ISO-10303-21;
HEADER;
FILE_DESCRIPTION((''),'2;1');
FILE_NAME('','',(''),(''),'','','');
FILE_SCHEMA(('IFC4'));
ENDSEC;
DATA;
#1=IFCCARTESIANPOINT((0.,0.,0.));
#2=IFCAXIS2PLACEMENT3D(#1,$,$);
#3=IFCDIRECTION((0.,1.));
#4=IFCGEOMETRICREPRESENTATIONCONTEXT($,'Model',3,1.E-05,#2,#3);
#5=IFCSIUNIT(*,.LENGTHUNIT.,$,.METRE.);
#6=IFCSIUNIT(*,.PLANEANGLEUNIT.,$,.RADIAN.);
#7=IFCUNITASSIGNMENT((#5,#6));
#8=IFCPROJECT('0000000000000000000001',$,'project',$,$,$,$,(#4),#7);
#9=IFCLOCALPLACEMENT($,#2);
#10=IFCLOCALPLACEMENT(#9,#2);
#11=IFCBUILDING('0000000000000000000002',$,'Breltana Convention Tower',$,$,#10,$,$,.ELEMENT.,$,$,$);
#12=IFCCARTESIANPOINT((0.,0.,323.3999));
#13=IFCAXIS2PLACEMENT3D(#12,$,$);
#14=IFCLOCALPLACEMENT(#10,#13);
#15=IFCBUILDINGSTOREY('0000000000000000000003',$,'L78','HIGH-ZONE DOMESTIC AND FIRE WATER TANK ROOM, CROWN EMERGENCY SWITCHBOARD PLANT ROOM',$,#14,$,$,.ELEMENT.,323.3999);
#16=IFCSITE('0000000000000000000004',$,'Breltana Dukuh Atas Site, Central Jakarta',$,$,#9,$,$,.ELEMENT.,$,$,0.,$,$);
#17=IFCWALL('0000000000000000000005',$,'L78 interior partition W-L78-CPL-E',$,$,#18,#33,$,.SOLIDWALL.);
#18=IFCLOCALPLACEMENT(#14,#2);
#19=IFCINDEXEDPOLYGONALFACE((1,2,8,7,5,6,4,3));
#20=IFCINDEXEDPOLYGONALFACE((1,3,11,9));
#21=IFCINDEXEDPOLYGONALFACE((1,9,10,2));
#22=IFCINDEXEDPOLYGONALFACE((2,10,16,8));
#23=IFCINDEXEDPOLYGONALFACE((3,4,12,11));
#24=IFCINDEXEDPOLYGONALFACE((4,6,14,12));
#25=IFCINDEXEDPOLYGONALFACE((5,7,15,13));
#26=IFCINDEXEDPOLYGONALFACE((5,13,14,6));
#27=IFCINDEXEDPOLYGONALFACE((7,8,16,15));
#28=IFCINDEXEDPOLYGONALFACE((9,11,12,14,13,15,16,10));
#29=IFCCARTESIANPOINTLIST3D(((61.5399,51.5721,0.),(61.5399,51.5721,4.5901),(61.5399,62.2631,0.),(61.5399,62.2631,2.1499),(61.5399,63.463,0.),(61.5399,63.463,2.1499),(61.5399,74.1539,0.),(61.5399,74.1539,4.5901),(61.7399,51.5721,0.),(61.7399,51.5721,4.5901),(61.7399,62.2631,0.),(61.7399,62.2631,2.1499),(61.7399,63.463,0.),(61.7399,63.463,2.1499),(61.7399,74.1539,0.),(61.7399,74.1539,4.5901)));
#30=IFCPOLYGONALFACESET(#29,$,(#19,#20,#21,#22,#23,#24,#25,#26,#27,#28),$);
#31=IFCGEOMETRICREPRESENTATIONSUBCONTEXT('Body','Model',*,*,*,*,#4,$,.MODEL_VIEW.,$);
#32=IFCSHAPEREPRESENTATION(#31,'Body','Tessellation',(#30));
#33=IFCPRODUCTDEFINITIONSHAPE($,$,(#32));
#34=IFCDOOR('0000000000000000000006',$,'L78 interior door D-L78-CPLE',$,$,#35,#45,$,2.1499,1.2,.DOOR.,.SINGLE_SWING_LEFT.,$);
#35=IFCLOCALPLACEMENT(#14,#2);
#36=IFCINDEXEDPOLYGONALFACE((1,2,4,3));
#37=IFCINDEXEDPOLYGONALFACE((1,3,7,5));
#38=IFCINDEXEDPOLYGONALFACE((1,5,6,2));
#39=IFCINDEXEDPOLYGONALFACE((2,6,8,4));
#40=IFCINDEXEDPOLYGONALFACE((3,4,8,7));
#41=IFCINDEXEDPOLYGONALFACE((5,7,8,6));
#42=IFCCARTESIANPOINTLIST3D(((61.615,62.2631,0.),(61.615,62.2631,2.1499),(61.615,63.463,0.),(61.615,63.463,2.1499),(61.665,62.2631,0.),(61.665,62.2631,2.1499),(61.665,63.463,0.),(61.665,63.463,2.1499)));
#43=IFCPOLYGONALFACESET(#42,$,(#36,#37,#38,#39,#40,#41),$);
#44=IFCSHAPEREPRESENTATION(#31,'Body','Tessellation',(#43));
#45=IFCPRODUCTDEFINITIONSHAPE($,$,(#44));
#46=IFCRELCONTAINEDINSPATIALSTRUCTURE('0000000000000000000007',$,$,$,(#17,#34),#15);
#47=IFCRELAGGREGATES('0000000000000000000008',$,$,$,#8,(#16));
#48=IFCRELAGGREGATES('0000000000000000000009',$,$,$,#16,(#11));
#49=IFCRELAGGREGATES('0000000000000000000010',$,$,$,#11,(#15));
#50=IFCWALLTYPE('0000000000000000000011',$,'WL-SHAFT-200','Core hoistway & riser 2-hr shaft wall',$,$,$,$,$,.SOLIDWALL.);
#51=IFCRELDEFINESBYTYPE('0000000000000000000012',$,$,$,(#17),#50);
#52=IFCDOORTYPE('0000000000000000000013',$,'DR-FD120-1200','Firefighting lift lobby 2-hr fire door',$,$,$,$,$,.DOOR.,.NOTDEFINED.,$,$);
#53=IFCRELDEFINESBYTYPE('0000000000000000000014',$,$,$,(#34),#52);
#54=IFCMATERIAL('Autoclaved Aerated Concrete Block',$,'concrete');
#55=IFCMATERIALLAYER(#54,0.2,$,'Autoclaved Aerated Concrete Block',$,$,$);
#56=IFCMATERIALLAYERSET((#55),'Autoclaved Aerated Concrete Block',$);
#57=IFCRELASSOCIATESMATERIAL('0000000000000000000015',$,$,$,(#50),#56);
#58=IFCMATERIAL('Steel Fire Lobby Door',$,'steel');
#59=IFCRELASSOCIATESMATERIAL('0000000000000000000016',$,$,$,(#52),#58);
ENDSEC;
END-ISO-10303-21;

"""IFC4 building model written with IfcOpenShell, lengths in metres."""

from ifc_helpers import new_model, si_unit, direction, frame, frame_2d, origin, place, context, subcontext, project, spatial, rectangle, extrude, source, transform, mapped, material, layer, layer_set, type_object, type_shapes, element, fill, save


model = new_model("IFC4")

# Units and contexts
model_context = context("Model", 3, precision=1e-05, world=origin(), true_north=direction((0.0, 1.0)))
body_context = subcontext(model_context, "Body", "Model", "MODEL_VIEW")
ifc_project = project(units=[si_unit("LENGTHUNIT", "METRE"), si_unit("PLANEANGLEUNIT", "RADIAN")], contexts=[model_context])

# Site, building, storey
site_placement = place(None, origin())
site = spatial("IfcSite", under=ifc_project, at=site_placement, Name="Breltana Dukuh Atas Site, Central Jakarta", CompositionType="ELEMENT", RefElevation=0.0)
building_placement = place(site_placement, origin())
building = spatial("IfcBuilding", under=site, at=building_placement, Name="Breltana Convention Tower", CompositionType="ELEMENT")
storey_placement = place(building_placement, frame((0.0, 0.0, 323.3999)))
storey = spatial("IfcBuildingStorey", under=building, at=storey_placement, Name="L78", Description="HIGH-ZONE DOMESTIC AND FIRE WATER TANK ROOM, CROWN EMERGENCY SWITCHBOARD PLANT ROOM", CompositionType="ELEMENT", Elevation=323.3999)

# Wall, opening, door
ifc_material_1 = material(Name="Autoclaved Aerated Concrete Block", Category="concrete")
ifc_layer_1 = layer(ifc_material_1, 0.2, Name="Autoclaved Aerated Concrete Block")
ifc_layer_set_1 = layer_set([ifc_layer_1], Name="Autoclaved Aerated Concrete Block")
wall_type_1 = type_object("IfcWallType", Name="WL-SHAFT-200", Description="Core hoistway & riser 2-hr shaft wall", PredefinedType="SOLIDWALL", material=ifc_layer_set_1)
shared_shape_1 = source(origin(), body_context, "Body", "SweptSolid", [
    extrude(rectangle(XDim=22.5818, YDim=0.2, at=frame_2d((11.291, 0.0))), origin(), (0.0, 0.0, 1.0), 4.5901),
])
wall_1_placement = place(storey_placement, frame((61.6399, 51.572, 0.0), z_axis=(0.0, 0.0, 1.0), x_axis=(0.0, 1.0, 0.0)))
wall_1 = element("IfcWall", 1, at=wall_1_placement, inside=storey, type_object=wall_type_1, Name="L78 interior partition W-L78-CPL-E", PredefinedType="SOLIDWALL", context=body_context, shape_type="MappedRepresentation", body=[
    mapped(shared_shape_1, transform((0.0, 0.0, 0.0), scale=1.0)),
])
opening_1_placement = place(wall_1_placement, frame((10.6909, 0.0, 0.0)))
opening_1 = element("IfcOpeningElement", 2, at=opening_1_placement, cuts=wall_1, PredefinedType="OPENING", context=body_context, shape_type="SweptSolid", body=[
    extrude(rectangle(XDim=1.2, YDim=2.1499, at=frame_2d((0.6001, 1.075))), frame((0.0, 0.1099, 0.0), z_axis=(0.0, -1.0, 0.0), x_axis=(1.0, 0.0, 0.0)), (0.0, 0.0, 1.0), 0.22),
])
ifc_material_2 = material(Name="Steel Fire Lobby Door", Category="steel")
door_type_1 = type_object("IfcDoorType", Name="DR-FD120-1200", Description="Firefighting lift lobby 2-hr fire door", OperationType="NOTDEFINED", PredefinedType="DOOR", material=ifc_material_2)
shared_shape_2 = source(origin(), body_context, "Body", "SweptSolid", [
    extrude(rectangle(XDim=1.2, YDim=2.1499, at=frame_2d((0.6001, 1.075))), frame((0.0, 0.0249, 0.0), z_axis=(0.0, -1.0, 0.0), x_axis=(1.0, 0.0, 0.0)), (0.0, 0.0, 1.0), 0.05),
])
type_shapes(door_type_1, [shared_shape_2])
door_1_placement = place(opening_1_placement, origin())
door_1 = element("IfcDoor", 3, at=door_1_placement, inside=storey, type_object=door_type_1, Name="L78 interior door D-L78-CPLE", OperationType="SINGLE_SWING_LEFT", OverallHeight=2.1499, OverallWidth=1.2, PredefinedType="DOOR", context=body_context, shape_type="MappedRepresentation", body=[
    mapped(shared_shape_2, transform((0.0, 0.0, 0.0), scale=1.0)),
])
fill(opening_1, door_1)

save(model, "model.ifc")
